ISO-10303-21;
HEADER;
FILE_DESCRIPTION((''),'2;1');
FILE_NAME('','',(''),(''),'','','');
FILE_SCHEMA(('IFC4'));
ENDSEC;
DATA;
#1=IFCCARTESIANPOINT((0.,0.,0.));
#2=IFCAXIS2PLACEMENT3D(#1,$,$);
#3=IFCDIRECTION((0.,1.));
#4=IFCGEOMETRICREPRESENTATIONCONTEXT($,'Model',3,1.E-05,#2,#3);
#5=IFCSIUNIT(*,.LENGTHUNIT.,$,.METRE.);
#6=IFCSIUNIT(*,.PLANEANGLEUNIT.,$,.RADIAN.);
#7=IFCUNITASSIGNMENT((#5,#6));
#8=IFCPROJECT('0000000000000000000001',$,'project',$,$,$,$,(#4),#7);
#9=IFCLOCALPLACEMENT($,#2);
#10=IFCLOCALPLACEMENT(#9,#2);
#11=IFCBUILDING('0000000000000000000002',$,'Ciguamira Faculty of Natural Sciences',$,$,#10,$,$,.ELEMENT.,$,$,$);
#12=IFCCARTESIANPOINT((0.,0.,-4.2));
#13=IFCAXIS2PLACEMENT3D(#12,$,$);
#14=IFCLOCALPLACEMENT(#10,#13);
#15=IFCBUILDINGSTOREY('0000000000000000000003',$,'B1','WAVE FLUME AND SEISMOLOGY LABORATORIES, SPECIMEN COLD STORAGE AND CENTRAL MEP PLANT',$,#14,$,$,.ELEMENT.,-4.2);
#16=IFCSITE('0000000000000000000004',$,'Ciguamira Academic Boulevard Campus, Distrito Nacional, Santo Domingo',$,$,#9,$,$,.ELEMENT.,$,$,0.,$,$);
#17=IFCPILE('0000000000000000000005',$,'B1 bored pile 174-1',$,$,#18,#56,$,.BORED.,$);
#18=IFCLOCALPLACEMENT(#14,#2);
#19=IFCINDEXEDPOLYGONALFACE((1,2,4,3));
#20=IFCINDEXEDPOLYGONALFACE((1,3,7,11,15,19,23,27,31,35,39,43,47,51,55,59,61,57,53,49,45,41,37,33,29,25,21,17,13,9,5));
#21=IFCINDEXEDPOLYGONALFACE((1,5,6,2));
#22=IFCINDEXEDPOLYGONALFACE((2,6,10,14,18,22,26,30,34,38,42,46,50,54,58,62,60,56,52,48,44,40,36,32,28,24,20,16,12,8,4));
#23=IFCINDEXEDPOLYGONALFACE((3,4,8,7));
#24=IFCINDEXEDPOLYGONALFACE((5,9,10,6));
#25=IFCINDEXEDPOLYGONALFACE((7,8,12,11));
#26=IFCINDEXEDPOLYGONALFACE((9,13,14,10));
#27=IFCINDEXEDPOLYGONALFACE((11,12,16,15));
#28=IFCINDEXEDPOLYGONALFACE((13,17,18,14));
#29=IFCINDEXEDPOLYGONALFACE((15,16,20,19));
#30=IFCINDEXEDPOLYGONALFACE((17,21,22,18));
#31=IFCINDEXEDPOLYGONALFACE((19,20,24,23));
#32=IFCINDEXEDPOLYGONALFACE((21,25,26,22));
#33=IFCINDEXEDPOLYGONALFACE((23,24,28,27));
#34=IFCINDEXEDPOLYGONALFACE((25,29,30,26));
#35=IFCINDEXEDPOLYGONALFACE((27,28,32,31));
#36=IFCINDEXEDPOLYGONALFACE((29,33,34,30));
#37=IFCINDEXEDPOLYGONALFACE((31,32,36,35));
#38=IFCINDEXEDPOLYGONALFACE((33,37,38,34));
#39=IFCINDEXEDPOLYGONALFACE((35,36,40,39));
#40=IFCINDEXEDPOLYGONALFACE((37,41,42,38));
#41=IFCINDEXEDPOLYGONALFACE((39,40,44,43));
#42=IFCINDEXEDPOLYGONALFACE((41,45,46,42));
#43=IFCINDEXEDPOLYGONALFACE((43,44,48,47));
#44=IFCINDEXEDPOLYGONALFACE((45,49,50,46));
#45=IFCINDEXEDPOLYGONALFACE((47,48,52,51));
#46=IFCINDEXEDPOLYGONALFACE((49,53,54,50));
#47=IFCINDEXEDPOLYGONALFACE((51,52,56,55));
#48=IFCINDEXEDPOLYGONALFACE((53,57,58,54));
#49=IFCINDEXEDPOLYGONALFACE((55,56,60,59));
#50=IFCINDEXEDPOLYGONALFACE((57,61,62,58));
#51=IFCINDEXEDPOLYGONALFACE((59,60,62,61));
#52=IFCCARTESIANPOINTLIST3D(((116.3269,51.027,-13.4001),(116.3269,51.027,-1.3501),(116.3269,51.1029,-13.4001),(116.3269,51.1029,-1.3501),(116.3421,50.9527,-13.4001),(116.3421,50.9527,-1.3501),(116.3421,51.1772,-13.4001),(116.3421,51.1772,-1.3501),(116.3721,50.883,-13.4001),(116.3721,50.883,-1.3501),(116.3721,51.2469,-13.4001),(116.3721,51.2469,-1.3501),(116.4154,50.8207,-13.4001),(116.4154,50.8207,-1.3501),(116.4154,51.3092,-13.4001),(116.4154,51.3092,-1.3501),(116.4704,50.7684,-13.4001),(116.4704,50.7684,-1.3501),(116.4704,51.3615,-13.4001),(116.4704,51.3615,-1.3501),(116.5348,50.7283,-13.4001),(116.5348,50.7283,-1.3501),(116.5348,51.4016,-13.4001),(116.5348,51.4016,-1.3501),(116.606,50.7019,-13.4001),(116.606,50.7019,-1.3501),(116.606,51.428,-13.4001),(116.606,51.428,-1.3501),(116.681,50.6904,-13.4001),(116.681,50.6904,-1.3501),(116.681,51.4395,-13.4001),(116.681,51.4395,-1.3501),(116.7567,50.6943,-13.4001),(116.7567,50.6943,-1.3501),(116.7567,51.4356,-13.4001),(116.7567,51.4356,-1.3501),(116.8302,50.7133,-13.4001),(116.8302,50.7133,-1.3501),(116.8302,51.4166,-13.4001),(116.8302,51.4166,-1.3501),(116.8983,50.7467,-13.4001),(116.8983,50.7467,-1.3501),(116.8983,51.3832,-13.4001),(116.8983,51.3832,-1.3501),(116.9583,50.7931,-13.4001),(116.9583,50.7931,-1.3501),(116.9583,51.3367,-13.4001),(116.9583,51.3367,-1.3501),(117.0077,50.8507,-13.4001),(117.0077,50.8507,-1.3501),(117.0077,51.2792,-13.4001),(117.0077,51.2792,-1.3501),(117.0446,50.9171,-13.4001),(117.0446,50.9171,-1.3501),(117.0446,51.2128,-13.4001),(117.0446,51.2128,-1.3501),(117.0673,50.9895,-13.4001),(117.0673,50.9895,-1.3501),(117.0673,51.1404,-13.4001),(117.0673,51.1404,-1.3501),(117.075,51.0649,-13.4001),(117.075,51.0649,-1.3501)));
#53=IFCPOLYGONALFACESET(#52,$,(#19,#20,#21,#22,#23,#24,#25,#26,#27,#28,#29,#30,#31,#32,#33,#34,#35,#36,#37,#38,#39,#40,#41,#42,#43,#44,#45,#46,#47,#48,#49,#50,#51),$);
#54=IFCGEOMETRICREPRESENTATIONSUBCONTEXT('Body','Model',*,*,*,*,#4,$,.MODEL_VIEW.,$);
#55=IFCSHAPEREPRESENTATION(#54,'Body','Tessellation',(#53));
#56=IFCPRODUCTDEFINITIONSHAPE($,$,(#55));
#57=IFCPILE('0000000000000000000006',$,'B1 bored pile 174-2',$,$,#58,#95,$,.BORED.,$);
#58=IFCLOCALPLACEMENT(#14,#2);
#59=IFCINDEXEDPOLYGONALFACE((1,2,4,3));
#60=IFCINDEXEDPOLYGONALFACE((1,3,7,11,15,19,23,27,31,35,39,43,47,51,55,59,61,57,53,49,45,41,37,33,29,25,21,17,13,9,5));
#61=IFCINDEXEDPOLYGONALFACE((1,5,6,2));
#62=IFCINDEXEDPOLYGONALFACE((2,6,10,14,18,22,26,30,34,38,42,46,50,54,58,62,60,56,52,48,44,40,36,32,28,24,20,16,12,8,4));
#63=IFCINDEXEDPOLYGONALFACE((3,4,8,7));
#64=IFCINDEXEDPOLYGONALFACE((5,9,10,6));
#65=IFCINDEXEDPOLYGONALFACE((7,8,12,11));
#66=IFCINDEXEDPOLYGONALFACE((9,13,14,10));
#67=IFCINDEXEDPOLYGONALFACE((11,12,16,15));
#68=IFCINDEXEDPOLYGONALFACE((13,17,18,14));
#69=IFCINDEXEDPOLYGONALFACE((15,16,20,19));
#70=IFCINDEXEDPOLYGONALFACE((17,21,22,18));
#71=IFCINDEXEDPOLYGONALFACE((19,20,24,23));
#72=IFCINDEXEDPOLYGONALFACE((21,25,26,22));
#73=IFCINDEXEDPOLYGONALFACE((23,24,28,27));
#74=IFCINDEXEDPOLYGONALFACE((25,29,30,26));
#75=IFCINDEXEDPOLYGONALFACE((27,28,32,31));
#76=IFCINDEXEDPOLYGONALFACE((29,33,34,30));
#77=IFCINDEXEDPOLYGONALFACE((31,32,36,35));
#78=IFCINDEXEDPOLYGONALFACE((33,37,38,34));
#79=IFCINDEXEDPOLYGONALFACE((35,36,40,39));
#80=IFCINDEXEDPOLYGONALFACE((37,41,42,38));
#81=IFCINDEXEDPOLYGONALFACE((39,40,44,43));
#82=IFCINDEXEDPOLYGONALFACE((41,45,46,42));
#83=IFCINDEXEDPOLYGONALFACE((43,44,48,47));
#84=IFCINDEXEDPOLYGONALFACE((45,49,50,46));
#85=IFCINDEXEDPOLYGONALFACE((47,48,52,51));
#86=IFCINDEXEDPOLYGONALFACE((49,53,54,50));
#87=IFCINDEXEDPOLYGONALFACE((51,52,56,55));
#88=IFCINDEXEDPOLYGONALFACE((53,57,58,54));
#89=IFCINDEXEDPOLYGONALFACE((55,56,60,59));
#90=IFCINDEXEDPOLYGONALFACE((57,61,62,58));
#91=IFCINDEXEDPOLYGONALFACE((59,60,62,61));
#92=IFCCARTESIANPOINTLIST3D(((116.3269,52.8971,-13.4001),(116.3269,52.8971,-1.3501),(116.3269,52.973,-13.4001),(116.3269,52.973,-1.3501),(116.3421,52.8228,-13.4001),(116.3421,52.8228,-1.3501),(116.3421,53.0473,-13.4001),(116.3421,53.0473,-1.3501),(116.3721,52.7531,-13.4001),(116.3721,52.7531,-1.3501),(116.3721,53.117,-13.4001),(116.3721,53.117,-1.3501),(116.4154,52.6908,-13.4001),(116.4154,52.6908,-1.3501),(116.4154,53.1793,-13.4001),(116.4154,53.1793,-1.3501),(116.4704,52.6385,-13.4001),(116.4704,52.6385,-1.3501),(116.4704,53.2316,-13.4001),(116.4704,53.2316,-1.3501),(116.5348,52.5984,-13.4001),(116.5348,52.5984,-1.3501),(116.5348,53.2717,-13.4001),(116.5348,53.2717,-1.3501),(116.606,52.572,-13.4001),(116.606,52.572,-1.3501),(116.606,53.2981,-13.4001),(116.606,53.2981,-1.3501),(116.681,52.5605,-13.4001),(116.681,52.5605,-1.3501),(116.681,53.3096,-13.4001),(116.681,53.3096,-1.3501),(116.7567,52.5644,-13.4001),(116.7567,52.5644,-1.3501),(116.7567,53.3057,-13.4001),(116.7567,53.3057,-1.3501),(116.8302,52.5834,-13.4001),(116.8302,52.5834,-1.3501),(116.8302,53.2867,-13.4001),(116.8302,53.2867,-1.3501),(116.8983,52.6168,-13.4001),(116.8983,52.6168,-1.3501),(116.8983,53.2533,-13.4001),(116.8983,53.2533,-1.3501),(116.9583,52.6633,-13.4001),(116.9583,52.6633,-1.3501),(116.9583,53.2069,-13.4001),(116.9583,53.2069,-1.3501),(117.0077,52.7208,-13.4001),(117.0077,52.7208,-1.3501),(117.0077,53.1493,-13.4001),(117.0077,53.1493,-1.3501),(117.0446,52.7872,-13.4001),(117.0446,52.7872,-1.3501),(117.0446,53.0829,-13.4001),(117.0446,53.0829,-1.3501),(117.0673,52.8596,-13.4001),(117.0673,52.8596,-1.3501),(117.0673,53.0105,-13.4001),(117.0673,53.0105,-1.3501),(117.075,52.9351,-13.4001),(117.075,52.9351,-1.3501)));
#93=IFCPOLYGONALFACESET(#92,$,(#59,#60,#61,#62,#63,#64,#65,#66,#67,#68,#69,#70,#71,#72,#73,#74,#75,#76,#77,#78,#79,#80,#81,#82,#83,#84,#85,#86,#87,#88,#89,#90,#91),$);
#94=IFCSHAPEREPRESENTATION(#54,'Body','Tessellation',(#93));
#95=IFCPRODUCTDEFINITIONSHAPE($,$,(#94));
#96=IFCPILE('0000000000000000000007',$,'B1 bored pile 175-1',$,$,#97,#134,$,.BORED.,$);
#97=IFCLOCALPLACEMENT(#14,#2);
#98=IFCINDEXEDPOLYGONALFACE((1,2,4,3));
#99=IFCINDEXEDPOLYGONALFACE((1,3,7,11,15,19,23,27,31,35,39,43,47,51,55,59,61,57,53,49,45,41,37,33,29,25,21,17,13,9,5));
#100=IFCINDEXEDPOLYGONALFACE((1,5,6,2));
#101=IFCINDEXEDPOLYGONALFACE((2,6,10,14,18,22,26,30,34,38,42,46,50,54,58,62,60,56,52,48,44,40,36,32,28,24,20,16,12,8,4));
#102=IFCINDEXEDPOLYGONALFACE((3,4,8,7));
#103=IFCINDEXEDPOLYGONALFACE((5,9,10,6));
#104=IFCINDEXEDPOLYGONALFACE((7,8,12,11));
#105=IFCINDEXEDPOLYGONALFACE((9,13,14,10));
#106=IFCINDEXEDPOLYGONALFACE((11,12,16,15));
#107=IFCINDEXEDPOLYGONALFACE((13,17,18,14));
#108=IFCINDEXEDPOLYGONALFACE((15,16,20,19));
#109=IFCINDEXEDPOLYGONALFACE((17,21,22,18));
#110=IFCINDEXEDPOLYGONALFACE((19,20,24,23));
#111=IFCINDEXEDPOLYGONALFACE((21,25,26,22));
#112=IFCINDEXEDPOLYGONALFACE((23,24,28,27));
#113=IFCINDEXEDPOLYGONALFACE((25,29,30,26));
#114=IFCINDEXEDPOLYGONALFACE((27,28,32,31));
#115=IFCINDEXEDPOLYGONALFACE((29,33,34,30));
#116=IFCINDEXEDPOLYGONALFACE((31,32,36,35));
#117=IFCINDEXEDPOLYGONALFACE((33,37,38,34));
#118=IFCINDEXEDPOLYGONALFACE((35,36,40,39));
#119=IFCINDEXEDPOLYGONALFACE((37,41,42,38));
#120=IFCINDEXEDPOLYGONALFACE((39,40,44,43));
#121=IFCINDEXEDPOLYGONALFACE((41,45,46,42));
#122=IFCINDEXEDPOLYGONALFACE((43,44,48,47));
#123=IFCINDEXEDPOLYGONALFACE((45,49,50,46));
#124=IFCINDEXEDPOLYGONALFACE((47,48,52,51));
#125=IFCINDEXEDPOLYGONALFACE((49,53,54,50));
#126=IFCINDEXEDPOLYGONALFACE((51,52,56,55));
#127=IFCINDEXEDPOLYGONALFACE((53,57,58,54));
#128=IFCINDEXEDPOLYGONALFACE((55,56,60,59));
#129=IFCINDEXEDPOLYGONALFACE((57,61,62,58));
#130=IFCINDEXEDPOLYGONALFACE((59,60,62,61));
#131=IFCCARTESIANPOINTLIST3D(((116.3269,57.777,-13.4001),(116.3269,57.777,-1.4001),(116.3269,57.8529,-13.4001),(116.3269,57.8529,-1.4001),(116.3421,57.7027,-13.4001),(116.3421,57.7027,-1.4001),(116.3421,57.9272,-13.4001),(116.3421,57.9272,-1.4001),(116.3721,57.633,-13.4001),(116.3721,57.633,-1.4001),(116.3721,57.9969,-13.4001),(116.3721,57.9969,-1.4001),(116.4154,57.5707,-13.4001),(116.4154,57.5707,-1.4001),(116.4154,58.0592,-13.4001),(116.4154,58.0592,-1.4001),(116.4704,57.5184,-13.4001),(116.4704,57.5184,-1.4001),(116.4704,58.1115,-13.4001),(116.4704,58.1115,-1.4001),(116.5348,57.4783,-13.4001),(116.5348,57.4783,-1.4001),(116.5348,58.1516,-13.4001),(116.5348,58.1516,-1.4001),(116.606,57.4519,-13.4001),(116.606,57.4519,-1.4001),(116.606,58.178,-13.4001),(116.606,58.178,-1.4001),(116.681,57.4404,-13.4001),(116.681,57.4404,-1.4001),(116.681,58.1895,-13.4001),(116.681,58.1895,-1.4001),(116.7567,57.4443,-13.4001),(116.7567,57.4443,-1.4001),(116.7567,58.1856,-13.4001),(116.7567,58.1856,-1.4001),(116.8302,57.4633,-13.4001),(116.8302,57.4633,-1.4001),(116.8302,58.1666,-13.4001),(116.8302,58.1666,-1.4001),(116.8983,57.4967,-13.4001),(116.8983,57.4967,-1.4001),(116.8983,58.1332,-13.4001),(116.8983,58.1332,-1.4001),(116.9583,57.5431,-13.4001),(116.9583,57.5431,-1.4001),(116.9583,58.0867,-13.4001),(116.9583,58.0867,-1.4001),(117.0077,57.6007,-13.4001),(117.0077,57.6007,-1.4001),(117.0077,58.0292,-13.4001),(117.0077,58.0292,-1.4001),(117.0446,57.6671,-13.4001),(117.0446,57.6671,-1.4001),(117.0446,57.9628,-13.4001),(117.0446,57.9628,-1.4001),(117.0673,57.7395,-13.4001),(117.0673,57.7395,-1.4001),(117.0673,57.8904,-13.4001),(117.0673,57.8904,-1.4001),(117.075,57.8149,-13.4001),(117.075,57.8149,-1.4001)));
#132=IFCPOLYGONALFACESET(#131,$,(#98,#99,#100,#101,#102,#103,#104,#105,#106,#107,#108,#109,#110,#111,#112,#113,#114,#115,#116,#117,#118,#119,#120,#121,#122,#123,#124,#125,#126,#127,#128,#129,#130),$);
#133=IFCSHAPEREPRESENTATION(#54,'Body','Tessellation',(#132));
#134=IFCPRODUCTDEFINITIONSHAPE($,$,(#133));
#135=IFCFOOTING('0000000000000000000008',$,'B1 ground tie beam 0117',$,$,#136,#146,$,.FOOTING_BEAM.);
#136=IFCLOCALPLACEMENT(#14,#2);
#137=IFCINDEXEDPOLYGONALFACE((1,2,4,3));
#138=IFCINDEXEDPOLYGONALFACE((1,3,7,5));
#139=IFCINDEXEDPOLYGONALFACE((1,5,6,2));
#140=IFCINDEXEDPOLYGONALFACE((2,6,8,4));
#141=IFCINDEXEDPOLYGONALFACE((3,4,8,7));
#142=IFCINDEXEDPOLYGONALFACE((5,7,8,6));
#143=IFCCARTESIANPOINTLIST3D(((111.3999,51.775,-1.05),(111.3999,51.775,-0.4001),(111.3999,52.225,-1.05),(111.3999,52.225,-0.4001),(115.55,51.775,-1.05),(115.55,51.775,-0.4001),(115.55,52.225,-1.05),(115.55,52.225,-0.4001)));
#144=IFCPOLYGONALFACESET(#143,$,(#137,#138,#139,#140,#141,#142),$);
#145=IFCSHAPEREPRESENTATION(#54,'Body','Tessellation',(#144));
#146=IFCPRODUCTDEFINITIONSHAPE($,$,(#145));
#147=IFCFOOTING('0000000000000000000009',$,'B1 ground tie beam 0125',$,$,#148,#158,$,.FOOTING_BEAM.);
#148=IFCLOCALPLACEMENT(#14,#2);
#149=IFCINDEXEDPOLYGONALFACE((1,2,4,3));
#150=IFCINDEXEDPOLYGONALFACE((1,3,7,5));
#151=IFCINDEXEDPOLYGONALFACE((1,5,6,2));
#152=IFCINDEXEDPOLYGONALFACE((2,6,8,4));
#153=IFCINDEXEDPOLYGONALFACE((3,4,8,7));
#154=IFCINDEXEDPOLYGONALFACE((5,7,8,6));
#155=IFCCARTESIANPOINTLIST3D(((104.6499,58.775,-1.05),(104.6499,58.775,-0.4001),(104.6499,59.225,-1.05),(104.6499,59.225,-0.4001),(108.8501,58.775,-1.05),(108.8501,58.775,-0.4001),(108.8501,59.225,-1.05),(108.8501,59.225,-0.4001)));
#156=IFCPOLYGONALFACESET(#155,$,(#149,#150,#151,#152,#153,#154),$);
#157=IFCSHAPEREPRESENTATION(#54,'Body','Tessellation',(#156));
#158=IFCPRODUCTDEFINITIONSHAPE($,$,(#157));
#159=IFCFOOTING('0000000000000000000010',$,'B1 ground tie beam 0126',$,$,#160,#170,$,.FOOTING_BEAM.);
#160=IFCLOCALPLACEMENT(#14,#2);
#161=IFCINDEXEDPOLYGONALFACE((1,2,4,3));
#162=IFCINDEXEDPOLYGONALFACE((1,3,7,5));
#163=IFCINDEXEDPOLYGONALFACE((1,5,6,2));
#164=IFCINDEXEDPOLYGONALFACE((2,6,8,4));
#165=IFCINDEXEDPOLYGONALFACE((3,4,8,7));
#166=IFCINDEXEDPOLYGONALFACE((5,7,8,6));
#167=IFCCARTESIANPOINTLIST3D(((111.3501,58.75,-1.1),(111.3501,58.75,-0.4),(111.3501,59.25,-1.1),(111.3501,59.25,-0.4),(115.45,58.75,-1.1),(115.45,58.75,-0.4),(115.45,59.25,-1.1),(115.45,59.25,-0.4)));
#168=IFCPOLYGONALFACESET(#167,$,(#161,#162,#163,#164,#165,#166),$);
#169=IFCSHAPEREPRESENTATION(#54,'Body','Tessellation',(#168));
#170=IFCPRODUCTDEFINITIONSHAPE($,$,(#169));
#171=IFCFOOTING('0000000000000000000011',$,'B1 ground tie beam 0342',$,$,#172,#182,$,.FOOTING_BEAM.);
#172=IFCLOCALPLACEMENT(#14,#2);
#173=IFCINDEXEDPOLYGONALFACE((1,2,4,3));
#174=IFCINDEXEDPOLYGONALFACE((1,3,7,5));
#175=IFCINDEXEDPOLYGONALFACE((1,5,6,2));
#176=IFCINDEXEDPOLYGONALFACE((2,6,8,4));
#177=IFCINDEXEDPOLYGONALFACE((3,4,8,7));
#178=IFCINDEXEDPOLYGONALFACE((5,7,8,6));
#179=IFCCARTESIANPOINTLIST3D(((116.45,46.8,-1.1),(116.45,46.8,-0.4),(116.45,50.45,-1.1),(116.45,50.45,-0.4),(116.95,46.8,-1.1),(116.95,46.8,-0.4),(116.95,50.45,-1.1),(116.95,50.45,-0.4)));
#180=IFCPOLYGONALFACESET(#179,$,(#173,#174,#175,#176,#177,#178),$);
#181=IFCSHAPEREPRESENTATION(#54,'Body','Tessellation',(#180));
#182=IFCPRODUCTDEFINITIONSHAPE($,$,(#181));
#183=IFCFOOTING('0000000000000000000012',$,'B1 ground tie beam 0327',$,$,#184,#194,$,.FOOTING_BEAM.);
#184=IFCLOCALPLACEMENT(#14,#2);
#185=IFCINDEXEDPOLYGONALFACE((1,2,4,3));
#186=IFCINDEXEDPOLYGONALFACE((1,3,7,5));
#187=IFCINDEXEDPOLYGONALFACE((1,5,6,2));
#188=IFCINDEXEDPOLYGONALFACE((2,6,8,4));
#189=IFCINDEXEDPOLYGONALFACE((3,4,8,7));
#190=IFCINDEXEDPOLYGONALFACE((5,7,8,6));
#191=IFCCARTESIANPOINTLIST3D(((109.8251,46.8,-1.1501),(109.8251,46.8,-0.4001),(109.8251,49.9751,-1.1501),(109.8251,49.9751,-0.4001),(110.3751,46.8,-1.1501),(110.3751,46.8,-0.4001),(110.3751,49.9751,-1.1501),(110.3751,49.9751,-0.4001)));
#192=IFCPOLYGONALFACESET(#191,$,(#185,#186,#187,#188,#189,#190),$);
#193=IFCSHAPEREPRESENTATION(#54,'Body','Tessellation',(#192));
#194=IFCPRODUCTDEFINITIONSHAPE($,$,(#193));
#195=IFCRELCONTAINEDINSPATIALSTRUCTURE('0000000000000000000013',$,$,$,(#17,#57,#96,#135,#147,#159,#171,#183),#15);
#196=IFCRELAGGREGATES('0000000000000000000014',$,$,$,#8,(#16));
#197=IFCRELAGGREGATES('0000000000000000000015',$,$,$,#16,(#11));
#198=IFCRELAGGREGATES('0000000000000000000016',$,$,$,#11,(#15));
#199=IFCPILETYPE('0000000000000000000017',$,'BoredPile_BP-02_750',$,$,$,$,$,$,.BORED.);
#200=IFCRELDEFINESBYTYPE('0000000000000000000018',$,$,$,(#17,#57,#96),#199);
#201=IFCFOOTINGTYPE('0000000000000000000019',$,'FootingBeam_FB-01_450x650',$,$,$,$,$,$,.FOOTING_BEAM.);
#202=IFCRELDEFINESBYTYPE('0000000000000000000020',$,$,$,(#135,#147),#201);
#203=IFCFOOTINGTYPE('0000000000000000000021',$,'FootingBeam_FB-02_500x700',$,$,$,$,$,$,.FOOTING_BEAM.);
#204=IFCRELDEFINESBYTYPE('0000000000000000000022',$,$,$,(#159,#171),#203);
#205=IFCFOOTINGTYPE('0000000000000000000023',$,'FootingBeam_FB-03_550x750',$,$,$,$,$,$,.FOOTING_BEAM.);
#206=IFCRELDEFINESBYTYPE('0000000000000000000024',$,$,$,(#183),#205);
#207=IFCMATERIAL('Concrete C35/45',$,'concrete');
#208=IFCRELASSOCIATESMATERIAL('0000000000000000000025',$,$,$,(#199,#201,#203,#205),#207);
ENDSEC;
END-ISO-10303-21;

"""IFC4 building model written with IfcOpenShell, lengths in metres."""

from ifc_helpers import new_model, si_unit, direction, frame, origin, origin_2d, place, context, subcontext, project, spatial, rectangle, circle, extrude, material, material_profile, profile_set, type_object, element, save


model = new_model("IFC4")

# Units and contexts
model_context = context("Model", 3, precision=1e-05, world=origin(), true_north=direction((0.0, 1.0)))
body_context = subcontext(model_context, "Body", "Model", "MODEL_VIEW")
ifc_project = project(units=[si_unit("LENGTHUNIT", "METRE"), si_unit("PLANEANGLEUNIT", "RADIAN")], contexts=[model_context])

# Site, building, storey
site_placement = place(None, origin())
site = spatial("IfcSite", under=ifc_project, at=site_placement, Name="Ciguamira Academic Boulevard Campus, Distrito Nacional, Santo Domingo", CompositionType="ELEMENT", RefElevation=0.0)
building_placement = place(site_placement, origin())
building = spatial("IfcBuilding", under=site, at=building_placement, Name="Ciguamira Faculty of Natural Sciences", CompositionType="ELEMENT")
storey_placement = place(building_placement, frame((0.0, 0.0, -4.2)))
storey = spatial("IfcBuildingStorey", under=building, at=storey_placement, Name="B1", Description="WAVE FLUME AND SEISMOLOGY LABORATORIES, SPECIMEN COLD STORAGE AND CENTRAL MEP PLANT", CompositionType="ELEMENT", Elevation=-4.2)

# Piles
ifc_material_1 = material(Name="Concrete C35/45", Category="concrete")
ifc_material_profile_1 = material_profile(ifc_material_1, circle(Radius=0.375, at=origin_2d()), Name="PILE-BORED-750")
ifc_profile_set_1 = profile_set([ifc_material_profile_1], Name="Concrete C35/45")
pile_type = type_object("IfcPileType", Name="BoredPile_BP-02_750", PredefinedType="BORED", material=ifc_profile_set_1)
for number, where, z_axis, x_axis, name in (
    (1, (116.7, 51.0649, -1.3501), (0.0, 0.0, -1.0), (1.0, 0.0, 0.0), "B1 bored pile 174-1"),
    (2, (116.7, 52.9351, -1.3501), (0.0, 0.0, -1.0), (1.0, 0.0, 0.0), "B1 bored pile 174-2"),
):
    element("IfcPile", number, at=place(storey_placement, frame(where, z_axis=z_axis, x_axis=x_axis)), inside=storey, type_object=pile_type, Name=name, PredefinedType="BORED", context=body_context, shape_type="SweptSolid", body=[
        extrude(circle(Radius=0.375, at=origin_2d()), origin(), (0.0, 0.0, 1.0), 12.05),
    ])
pile_1_placement = place(storey_placement, frame((116.7, 57.8149, -1.4001), z_axis=(0.0, 0.0, -1.0), x_axis=(1.0, 0.0, 0.0)))
element("IfcPile", 3, at=pile_1_placement, inside=storey, type_object=pile_type, Name="B1 bored pile 175-1", PredefinedType="BORED", context=body_context, shape_type="SweptSolid", body=[
    extrude(circle(Radius=0.375, at=origin_2d()), origin(), (0.0, 0.0, 1.0), 12.0),
])

# Footings
ifc_material_profile_2 = material_profile(ifc_material_1, rectangle(XDim=0.45, YDim=0.6499, at=origin_2d()), Name="RC-FB-450X650")
ifc_profile_set_2 = profile_set([ifc_material_profile_2], Name="Concrete C35/45")
footing_type_1 = type_object("IfcFootingType", Name="FootingBeam_FB-01_450x650", PredefinedType="FOOTING_BEAM", material=ifc_profile_set_2)
footing_1_placement = place(storey_placement, frame((111.3999, 52.0, -0.7251), z_axis=(1.0, 0.0, 0.0), x_axis=(0.0, 1.0, 0.0)))
element("IfcFooting", 4, at=footing_1_placement, inside=storey, type_object=footing_type_1, Name="B1 ground tie beam 0117", PredefinedType="FOOTING_BEAM", context=body_context, shape_type="SweptSolid", body=[
    extrude(rectangle(XDim=0.45, YDim=0.6499, at=origin_2d()), origin(), (0.0, 0.0, 1.0), 4.1501),
])
footing_2_placement = place(storey_placement, frame((104.6499, 59.0, -0.7251), z_axis=(1.0, 0.0, 0.0), x_axis=(0.0, 1.0, 0.0)))
element("IfcFooting", 5, at=footing_2_placement, inside=storey, type_object=footing_type_1, Name="B1 ground tie beam 0125", PredefinedType="FOOTING_BEAM", context=body_context, shape_type="SweptSolid", body=[
    extrude(rectangle(XDim=0.45, YDim=0.6499, at=origin_2d()), origin(), (0.0, 0.0, 1.0), 4.2002),
])
ifc_material_profile_3 = material_profile(ifc_material_1, rectangle(XDim=0.5, YDim=0.7, at=origin_2d()), Name="RC-FB-500X700")
ifc_profile_set_3 = profile_set([ifc_material_profile_3], Name="Concrete C35/45")
footing_type_2 = type_object("IfcFootingType", Name="FootingBeam_FB-02_500x700", PredefinedType="FOOTING_BEAM", material=ifc_profile_set_3)
footing_3_placement = place(storey_placement, frame((111.3501, 59.0, -0.75), z_axis=(1.0, 0.0, 0.0), x_axis=(0.0, 1.0, 0.0)))
element("IfcFooting", 6, at=footing_3_placement, inside=storey, type_object=footing_type_2, Name="B1 ground tie beam 0126", PredefinedType="FOOTING_BEAM", context=body_context, shape_type="SweptSolid", body=[
    extrude(rectangle(XDim=0.5, YDim=0.7, at=origin_2d()), origin(), (0.0, 0.0, 1.0), 4.0999),
])
footing_4_placement = place(storey_placement, frame((116.7, 46.8, -0.75), z_axis=(0.0, 1.0, 0.0), x_axis=(-1.0, 0.0, 0.0)))
element("IfcFooting", 7, at=footing_4_placement, inside=storey, type_object=footing_type_2, Name="B1 ground tie beam 0342", PredefinedType="FOOTING_BEAM", context=body_context, shape_type="SweptSolid", body=[
    extrude(rectangle(XDim=0.5, YDim=0.7, at=origin_2d()), origin(), (0.0, 0.0, 1.0), 3.6499),
])
ifc_material_profile_4 = material_profile(ifc_material_1, rectangle(XDim=0.55, YDim=0.75, at=origin_2d()), Name="RC-FB-550X750")
ifc_profile_set_4 = profile_set([ifc_material_profile_4], Name="Concrete C35/45")
footing_type_3 = type_object("IfcFootingType", Name="FootingBeam_FB-03_550x750", PredefinedType="FOOTING_BEAM", material=ifc_profile_set_4)
footing_5_placement = place(storey_placement, frame((110.1001, 46.8, -0.7751), z_axis=(0.0, 1.0, 0.0), x_axis=(-1.0, 0.0, 0.0)))
element("IfcFooting", 8, at=footing_5_placement, inside=storey, type_object=footing_type_3, Name="B1 ground tie beam 0327", PredefinedType="FOOTING_BEAM", context=body_context, shape_type="SweptSolid", body=[
    extrude(rectangle(XDim=0.55, YDim=0.75, at=origin_2d()), origin(), (0.0, 0.0, 1.0), 3.175),
])

save(model, "model.ifc")
